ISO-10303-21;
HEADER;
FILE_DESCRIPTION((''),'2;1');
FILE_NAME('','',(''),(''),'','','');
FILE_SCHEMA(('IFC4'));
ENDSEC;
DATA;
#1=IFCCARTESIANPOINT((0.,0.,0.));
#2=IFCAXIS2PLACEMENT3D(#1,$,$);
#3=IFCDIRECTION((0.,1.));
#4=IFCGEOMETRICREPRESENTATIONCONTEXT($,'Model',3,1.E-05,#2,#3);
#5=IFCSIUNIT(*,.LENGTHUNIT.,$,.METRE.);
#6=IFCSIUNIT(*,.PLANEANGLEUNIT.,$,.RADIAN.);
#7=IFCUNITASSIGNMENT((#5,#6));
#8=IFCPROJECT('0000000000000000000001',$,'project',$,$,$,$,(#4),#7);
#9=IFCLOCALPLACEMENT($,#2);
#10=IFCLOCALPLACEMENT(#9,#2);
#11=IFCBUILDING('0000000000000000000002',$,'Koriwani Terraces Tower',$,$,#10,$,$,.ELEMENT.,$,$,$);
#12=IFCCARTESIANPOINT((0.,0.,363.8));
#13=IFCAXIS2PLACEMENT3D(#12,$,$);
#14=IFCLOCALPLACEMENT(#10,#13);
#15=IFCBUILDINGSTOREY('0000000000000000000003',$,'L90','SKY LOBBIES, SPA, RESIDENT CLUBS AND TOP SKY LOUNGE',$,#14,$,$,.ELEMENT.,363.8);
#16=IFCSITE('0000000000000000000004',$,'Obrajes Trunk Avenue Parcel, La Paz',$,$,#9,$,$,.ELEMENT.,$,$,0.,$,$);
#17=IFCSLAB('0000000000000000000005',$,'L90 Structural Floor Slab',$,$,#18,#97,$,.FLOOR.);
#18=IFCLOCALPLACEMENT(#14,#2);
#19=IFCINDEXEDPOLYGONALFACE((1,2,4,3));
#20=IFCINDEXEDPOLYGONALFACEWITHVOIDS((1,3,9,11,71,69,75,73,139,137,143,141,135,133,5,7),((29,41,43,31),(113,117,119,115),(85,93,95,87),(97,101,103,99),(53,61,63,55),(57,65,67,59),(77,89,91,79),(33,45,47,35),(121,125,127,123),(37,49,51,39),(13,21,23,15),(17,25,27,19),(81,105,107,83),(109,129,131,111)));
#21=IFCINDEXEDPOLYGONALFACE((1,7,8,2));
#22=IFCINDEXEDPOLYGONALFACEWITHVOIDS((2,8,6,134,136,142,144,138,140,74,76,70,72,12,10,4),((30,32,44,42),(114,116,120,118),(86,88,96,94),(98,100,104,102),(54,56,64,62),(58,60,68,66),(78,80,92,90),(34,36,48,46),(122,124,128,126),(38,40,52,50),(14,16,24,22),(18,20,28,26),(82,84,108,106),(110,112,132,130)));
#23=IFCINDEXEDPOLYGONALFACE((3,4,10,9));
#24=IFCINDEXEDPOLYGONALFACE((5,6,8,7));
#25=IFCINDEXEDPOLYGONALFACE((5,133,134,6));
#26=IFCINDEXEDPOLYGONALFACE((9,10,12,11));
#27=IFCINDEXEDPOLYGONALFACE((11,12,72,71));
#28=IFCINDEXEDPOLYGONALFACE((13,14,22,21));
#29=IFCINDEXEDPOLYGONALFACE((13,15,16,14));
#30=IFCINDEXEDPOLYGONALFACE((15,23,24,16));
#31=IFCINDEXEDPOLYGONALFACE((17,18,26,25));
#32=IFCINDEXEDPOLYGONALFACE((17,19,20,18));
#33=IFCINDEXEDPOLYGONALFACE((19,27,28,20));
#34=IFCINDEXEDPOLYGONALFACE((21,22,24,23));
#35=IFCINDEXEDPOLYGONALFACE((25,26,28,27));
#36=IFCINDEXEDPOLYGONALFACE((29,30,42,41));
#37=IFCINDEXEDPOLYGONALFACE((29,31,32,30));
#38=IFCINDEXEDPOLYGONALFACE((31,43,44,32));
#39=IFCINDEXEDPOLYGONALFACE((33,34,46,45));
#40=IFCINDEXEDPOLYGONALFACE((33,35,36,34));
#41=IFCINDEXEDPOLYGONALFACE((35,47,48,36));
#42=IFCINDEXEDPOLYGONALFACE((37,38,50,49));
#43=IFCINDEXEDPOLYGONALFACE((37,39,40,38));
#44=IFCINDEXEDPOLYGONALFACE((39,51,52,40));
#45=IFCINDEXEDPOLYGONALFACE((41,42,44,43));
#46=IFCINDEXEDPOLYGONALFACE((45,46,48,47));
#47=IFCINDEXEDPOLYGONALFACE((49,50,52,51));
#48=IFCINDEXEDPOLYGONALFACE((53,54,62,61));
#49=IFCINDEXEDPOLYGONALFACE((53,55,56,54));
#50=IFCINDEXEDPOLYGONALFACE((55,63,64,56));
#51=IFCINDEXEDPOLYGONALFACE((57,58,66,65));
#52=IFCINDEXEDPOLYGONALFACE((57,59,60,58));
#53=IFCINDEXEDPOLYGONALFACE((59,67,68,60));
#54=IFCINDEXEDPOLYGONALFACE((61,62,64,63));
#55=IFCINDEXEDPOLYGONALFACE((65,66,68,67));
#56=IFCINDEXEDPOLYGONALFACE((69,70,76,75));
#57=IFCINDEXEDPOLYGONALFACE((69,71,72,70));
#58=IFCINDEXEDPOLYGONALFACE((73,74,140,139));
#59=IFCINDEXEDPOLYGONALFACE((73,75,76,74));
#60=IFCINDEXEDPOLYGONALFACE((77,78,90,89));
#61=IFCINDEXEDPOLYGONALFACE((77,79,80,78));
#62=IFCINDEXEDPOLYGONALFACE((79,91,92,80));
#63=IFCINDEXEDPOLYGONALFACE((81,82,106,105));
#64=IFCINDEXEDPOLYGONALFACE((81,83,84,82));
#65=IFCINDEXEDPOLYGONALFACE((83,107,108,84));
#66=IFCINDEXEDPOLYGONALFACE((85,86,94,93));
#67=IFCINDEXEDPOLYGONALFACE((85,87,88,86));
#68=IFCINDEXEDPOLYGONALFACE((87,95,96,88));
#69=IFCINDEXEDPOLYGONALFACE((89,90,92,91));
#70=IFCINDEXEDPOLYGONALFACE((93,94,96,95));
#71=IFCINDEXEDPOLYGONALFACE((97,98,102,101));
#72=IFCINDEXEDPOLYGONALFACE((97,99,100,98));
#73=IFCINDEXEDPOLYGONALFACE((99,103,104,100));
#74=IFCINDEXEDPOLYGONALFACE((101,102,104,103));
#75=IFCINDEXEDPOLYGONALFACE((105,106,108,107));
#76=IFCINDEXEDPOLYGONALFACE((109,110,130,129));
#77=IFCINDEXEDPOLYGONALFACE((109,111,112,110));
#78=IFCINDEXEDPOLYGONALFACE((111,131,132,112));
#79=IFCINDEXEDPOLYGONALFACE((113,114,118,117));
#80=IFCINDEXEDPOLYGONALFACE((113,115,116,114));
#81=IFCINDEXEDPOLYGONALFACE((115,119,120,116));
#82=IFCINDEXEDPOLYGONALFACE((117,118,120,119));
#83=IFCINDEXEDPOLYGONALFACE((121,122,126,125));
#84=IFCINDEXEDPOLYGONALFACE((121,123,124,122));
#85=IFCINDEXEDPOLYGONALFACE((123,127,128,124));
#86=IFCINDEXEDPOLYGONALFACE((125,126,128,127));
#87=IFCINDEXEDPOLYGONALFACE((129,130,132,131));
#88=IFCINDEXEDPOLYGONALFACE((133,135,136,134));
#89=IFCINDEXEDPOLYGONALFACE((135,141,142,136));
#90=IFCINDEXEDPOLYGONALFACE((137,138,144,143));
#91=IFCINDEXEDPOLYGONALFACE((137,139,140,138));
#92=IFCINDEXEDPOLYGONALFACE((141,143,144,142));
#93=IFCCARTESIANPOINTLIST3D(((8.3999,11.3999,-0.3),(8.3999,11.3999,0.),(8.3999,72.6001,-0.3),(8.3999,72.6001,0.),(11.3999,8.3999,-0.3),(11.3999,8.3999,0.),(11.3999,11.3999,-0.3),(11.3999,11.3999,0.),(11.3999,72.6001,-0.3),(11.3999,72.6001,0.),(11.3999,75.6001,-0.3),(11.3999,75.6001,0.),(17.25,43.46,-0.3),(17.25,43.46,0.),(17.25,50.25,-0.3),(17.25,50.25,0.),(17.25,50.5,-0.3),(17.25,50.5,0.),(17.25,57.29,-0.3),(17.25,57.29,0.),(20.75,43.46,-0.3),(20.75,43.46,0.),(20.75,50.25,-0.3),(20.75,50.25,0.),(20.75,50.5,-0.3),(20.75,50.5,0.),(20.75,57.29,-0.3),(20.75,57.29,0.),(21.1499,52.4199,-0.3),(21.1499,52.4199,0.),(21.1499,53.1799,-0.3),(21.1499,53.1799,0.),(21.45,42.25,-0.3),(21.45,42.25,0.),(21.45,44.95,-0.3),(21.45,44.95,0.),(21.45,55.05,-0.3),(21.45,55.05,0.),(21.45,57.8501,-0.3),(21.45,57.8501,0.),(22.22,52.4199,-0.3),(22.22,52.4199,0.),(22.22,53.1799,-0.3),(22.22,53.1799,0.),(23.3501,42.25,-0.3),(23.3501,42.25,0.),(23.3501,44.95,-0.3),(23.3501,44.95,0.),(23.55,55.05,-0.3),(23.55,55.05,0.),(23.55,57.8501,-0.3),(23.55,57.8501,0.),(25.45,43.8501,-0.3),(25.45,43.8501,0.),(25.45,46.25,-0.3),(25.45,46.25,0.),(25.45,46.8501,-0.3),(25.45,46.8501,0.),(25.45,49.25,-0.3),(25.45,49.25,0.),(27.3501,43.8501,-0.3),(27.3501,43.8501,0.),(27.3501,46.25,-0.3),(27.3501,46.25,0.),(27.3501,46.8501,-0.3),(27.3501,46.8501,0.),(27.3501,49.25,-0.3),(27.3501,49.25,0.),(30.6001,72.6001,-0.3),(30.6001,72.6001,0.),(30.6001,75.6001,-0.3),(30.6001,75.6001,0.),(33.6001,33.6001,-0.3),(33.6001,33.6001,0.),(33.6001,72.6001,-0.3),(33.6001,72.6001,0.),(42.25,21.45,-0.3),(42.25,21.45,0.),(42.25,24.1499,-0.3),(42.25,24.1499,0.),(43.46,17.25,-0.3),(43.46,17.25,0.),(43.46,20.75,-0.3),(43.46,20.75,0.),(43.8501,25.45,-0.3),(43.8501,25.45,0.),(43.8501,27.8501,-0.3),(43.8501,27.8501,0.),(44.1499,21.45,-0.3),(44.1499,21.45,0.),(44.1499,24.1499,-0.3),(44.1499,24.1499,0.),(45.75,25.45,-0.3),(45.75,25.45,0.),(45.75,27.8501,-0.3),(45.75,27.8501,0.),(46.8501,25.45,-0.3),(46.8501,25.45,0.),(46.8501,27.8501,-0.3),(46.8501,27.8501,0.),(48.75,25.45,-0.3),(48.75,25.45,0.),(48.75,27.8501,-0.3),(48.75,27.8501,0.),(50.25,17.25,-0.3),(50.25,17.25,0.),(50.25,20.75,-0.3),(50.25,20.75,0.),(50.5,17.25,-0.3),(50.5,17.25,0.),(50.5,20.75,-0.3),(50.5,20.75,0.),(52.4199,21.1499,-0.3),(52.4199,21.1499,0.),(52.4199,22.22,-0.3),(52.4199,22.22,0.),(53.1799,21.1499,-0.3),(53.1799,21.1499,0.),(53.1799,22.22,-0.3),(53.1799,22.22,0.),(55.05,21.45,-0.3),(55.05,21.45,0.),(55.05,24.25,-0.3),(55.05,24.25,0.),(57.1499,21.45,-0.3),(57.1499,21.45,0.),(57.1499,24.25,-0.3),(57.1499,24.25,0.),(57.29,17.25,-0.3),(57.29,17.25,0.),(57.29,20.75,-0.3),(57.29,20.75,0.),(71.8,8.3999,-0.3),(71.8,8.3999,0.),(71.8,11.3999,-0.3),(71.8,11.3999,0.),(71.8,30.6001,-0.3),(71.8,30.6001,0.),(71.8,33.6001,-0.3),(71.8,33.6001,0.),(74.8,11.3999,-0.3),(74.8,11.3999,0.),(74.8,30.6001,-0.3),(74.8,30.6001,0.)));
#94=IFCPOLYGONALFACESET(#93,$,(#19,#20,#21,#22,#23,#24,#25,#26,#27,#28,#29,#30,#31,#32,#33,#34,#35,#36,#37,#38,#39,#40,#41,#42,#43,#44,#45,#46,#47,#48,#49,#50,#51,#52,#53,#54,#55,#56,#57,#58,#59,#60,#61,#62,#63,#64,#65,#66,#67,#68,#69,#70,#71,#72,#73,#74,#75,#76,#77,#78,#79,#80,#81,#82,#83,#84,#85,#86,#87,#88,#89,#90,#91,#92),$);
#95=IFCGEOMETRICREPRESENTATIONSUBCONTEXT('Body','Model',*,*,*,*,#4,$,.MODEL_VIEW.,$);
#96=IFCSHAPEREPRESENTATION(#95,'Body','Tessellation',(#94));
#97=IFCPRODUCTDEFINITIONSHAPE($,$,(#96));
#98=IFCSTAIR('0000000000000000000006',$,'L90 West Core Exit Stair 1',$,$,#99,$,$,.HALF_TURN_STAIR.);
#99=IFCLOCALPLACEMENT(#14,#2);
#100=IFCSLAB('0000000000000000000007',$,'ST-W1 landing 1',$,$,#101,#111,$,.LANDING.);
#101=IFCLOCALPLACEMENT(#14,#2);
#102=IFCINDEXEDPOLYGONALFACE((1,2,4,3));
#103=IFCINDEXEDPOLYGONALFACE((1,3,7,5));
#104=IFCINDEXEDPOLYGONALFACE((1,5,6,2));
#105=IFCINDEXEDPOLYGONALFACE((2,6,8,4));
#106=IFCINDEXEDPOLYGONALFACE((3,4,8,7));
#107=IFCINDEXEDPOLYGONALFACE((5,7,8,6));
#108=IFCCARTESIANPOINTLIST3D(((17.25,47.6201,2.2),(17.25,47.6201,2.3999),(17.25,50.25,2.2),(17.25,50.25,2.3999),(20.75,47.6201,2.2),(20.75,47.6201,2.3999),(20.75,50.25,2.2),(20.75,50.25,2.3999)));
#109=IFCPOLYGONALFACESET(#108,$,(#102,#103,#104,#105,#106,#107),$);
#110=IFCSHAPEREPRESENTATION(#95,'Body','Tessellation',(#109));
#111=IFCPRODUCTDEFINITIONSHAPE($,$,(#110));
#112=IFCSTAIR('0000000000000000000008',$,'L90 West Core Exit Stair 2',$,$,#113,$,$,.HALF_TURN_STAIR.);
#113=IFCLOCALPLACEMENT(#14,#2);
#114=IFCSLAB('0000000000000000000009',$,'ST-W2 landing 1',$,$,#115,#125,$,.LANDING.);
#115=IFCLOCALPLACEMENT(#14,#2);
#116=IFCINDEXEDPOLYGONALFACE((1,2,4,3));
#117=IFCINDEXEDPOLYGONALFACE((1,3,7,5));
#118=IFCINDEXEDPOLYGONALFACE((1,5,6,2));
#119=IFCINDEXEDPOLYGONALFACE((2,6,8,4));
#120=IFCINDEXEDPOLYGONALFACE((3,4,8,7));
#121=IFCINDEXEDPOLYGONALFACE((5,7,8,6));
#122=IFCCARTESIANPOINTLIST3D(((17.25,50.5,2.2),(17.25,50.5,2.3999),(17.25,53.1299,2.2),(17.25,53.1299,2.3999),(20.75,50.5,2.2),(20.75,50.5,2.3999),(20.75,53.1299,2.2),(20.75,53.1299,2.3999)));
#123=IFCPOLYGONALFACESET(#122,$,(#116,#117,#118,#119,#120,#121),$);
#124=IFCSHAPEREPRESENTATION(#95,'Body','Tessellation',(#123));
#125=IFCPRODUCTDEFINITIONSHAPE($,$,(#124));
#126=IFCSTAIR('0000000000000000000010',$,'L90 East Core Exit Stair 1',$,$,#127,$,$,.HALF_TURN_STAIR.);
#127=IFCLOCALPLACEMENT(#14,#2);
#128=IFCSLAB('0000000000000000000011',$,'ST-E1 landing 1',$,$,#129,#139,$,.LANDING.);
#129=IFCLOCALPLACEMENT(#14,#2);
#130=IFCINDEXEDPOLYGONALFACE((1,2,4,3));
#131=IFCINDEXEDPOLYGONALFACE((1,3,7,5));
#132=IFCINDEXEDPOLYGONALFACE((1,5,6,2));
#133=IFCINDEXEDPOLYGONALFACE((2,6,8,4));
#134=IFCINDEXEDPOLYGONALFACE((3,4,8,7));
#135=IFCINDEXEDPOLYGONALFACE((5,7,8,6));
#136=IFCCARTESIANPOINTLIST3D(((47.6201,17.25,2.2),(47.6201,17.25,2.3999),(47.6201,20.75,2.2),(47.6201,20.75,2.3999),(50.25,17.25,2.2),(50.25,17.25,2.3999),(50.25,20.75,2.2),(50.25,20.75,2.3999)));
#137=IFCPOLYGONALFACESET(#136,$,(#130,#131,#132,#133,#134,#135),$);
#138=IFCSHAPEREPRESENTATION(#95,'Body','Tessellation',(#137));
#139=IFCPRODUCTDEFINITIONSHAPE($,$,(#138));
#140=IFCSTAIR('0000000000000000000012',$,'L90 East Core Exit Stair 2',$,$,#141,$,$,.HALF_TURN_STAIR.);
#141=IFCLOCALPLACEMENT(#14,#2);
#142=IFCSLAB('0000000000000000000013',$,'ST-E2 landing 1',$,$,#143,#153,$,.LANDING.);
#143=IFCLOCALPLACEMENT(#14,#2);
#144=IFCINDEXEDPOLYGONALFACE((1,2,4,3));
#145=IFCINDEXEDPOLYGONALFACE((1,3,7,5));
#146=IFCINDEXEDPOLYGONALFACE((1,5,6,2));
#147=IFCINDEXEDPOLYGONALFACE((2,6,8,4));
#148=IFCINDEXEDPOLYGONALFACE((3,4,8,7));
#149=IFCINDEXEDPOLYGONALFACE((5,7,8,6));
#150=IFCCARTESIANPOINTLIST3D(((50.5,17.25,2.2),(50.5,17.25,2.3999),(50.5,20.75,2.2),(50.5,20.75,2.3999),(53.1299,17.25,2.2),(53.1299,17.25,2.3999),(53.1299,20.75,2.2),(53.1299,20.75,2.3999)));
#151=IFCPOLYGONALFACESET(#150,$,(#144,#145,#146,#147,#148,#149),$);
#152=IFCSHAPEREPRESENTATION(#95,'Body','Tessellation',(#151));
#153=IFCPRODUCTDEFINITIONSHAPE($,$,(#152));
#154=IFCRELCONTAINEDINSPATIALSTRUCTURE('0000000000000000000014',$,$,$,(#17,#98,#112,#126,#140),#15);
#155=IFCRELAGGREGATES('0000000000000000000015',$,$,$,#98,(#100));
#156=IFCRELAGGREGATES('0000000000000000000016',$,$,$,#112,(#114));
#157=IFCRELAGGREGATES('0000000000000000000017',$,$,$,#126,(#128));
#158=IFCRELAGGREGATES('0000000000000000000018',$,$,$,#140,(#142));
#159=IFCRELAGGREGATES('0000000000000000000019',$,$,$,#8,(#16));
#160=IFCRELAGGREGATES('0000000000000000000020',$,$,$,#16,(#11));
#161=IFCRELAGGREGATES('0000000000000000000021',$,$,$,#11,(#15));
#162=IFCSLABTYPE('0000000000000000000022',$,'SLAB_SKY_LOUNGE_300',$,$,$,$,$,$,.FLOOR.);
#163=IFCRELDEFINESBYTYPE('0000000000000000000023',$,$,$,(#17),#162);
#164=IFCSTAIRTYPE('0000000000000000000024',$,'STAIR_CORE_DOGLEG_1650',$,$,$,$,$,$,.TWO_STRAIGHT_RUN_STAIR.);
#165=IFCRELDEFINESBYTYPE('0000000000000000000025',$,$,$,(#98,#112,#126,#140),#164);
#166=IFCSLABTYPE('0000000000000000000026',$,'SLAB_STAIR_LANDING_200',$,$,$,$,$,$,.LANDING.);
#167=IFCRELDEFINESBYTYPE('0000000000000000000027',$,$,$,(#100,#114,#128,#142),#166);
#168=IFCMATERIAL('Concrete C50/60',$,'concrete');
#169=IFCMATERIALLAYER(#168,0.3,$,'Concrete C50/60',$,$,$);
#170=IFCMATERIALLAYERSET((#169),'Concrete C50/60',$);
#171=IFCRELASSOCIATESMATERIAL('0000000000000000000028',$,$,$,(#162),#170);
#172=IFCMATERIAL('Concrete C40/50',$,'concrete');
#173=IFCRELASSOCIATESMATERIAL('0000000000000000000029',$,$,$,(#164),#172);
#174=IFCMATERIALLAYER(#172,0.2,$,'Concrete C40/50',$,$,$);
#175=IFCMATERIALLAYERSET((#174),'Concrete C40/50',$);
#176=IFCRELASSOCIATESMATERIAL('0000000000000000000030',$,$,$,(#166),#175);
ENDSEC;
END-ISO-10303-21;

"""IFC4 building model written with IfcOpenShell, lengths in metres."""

from ifc_helpers import new_model, si_unit, direction, frame, origin, place, context, subcontext, project, spatial, polyline, outline, extrude, material, layer, layer_set, type_object, element, aggregate, save


model = new_model("IFC4")

# Units and contexts
model_context = context("Model", 3, precision=1e-05, world=origin(), true_north=direction((0.0, 1.0)))
body_context = subcontext(model_context, "Body", "Model", "MODEL_VIEW")
ifc_project = project(units=[si_unit("LENGTHUNIT", "METRE"), si_unit("PLANEANGLEUNIT", "RADIAN")], contexts=[model_context])

# Site, building, storey
site_placement = place(None, origin())
site = spatial("IfcSite", under=ifc_project, at=site_placement, Name="Obrajes Trunk Avenue Parcel, La Paz", CompositionType="ELEMENT", RefElevation=0.0)
building_placement = place(site_placement, origin())
building = spatial("IfcBuilding", under=site, at=building_placement, Name="Koriwani Terraces Tower", CompositionType="ELEMENT")
storey_placement = place(building_placement, frame((0.0, 0.0, 363.8)))
storey = spatial("IfcBuildingStorey", under=building, at=storey_placement, Name="L90", Description="SKY LOBBIES, SPA, RESIDENT CLUBS AND TOP SKY LOUNGE", CompositionType="ELEMENT", Elevation=363.8)

# Shared definitions
ifc_material_1 = material(Name="Concrete C50/60", Category="concrete")

# Shared definitions
ifc_material_2 = material(Name="Concrete C40/50", Category="concrete")

# Slab
ifc_layer_1 = layer(ifc_material_1, 0.3, Name="Concrete C50/60")
ifc_layer_set_1 = layer_set([ifc_layer_1], Name="Concrete C50/60")
slab_type_1 = type_object("IfcSlabType", Name="SLAB_SKY_LOUNGE_300", PredefinedType="FLOOR", material=ifc_layer_set_1)
slab_1_placement = place(storey_placement, frame((0.0, 0.0, -0.3)))
element("IfcSlab", 1, at=slab_1_placement, inside=storey, type_object=slab_type_1, Name="L90 Structural Floor Slab", PredefinedType="FLOOR", context=body_context, shape_type="SweptSolid", body=[
    extrude(outline(polyline([(11.3999, 8.3999), (71.8, 8.3999), (71.8, 11.3999), (74.8, 11.3999), (74.8, 30.6001), (71.8, 30.6001), (71.8, 33.6001), (33.6001, 33.6001), (33.6001, 72.6001), (30.6001, 72.6001), (30.6001, 75.6001), (11.3999, 75.6001), (11.3999, 72.6001), (8.3999, 72.6001), (8.3999, 11.3999), (11.3999, 11.3999), (11.3999, 8.3999)]), holes=[polyline([(17.25, 43.46), (20.75, 43.46), (20.75, 50.25), (17.25, 50.25), (17.25, 43.46)]), polyline([(17.25, 50.5), (20.75, 50.5), (20.75, 57.29), (17.25, 57.29), (17.25, 50.5)]), polyline([(43.46, 17.25), (50.25, 17.25), (50.25, 20.75), (43.46, 20.75), (43.46, 17.25)]), polyline([(50.5, 17.25), (57.29, 17.25), (57.29, 20.75), (50.5, 20.75), (50.5, 17.25)]), polyline([(25.45, 43.8501), (27.3501, 43.8501), (27.3501, 46.25), (25.45, 46.25), (25.45, 43.8501)]), polyline([(25.45, 46.8501), (27.3501, 46.8501), (27.3501, 49.25), (25.45, 49.25), (25.45, 46.8501)]), polyline([(43.8501, 25.45), (45.75, 25.45), (45.75, 27.8501), (43.8501, 27.8501), (43.8501, 25.45)]), polyline([(46.8501, 25.45), (48.75, 25.45), (48.75, 27.8501), (46.8501, 27.8501), (46.8501, 25.45)]), polyline([(21.45, 55.05), (23.55, 55.05), (23.55, 57.8501), (21.45, 57.8501), (21.45, 55.05)]), polyline([(55.05, 21.45), (57.1499, 21.45), (57.1499, 24.25), (55.05, 24.25), (55.05, 21.45)]), polyline([(21.45, 42.25), (23.3501, 42.25), (23.3501, 44.95), (21.45, 44.95), (21.45, 42.25)]), polyline([(42.25, 21.45), (44.1499, 21.45), (44.1499, 24.1499), (42.25, 24.1499), (42.25, 21.45)]), polyline([(21.1499, 52.4199), (22.22, 52.4199), (22.22, 53.1799), (21.1499, 53.1799), (21.1499, 52.4199)]), polyline([(52.4199, 21.1499), (53.1799, 21.1499), (53.1799, 22.22), (52.4199, 22.22), (52.4199, 21.1499)])]), origin(), (0.0, 0.0, 1.0), 0.3),
])

# Stairs, slabs
stair_type = type_object("IfcStairType", Name="STAIR_CORE_DOGLEG_1650", PredefinedType="TWO_STRAIGHT_RUN_STAIR", material=ifc_material_2)
stair_1_placement = place(storey_placement, origin())
stair_1 = element("IfcStair", 2, at=stair_1_placement, inside=storey, type_object=stair_type, Name="L90 West Core Exit Stair 1", PredefinedType="HALF_TURN_STAIR")
ifc_layer_2 = layer(ifc_material_2, 0.2, Name="Concrete C40/50")
ifc_layer_set_2 = layer_set([ifc_layer_2], Name="Concrete C40/50")
slab_type_2 = type_object("IfcSlabType", Name="SLAB_STAIR_LANDING_200", PredefinedType="LANDING", material=ifc_layer_set_2)
slab_2_placement = place(storey_placement, frame((0.0, 0.0, 2.2)))
slab_2 = element("IfcSlab", 3, at=slab_2_placement, type_object=slab_type_2, Name="ST-W1 landing 1", PredefinedType="LANDING", context=body_context, shape_type="SweptSolid", body=[
    extrude(outline(polyline([(20.75, 47.6201), (20.75, 50.25), (17.25, 50.25), (17.25, 47.6201), (20.75, 47.6201)])), origin(), (0.0, 0.0, 1.0), 0.2),
])
aggregate(stair_1, [slab_2])
stair_2_placement = place(storey_placement, origin())
stair_2 = element("IfcStair", 4, at=stair_2_placement, inside=storey, type_object=stair_type, Name="L90 West Core Exit Stair 2", PredefinedType="HALF_TURN_STAIR")
slab_3_placement = place(storey_placement, frame((0.0, 0.0, 2.2)))
slab_3 = element("IfcSlab", 5, at=slab_3_placement, type_object=slab_type_2, Name="ST-W2 landing 1", PredefinedType="LANDING", context=body_context, shape_type="SweptSolid", body=[
    extrude(outline(polyline([(17.25, 53.1299), (17.25, 50.5), (20.75, 50.5), (20.75, 53.1299), (17.25, 53.1299)])), origin(), (0.0, 0.0, 1.0), 0.2),
])
aggregate(stair_2, [slab_3])
stair_3_placement = place(storey_placement, origin())
stair_3 = element("IfcStair", 6, at=stair_3_placement, inside=storey, type_object=stair_type, Name="L90 East Core Exit Stair 1", PredefinedType="HALF_TURN_STAIR")
slab_4_placement = place(storey_placement, frame((0.0, 0.0, 2.2)))
slab_4 = element("IfcSlab", 7, at=slab_4_placement, type_object=slab_type_2, Name="ST-E1 landing 1", PredefinedType="LANDING", context=body_context, shape_type="SweptSolid", body=[
    extrude(outline(polyline([(47.6201, 17.25), (50.25, 17.25), (50.25, 20.75), (47.6201, 20.75), (47.6201, 17.25)])), origin(), (0.0, 0.0, 1.0), 0.2),
])
aggregate(stair_3, [slab_4])
stair_4_placement = place(storey_placement, origin())
stair_4 = element("IfcStair", 8, at=stair_4_placement, inside=storey, type_object=stair_type, Name="L90 East Core Exit Stair 2", PredefinedType="HALF_TURN_STAIR")
slab_5_placement = place(storey_placement, frame((0.0, 0.0, 2.2)))
slab_5 = element("IfcSlab", 9, at=slab_5_placement, type_object=slab_type_2, Name="ST-E2 landing 1", PredefinedType="LANDING", context=body_context, shape_type="SweptSolid", body=[
    extrude(outline(polyline([(53.1299, 20.75), (50.5, 20.75), (50.5, 17.25), (53.1299, 17.25), (53.1299, 20.75)])), origin(), (0.0, 0.0, 1.0), 0.2),
])
aggregate(stair_4, [slab_5])

save(model, "model.ifc")
